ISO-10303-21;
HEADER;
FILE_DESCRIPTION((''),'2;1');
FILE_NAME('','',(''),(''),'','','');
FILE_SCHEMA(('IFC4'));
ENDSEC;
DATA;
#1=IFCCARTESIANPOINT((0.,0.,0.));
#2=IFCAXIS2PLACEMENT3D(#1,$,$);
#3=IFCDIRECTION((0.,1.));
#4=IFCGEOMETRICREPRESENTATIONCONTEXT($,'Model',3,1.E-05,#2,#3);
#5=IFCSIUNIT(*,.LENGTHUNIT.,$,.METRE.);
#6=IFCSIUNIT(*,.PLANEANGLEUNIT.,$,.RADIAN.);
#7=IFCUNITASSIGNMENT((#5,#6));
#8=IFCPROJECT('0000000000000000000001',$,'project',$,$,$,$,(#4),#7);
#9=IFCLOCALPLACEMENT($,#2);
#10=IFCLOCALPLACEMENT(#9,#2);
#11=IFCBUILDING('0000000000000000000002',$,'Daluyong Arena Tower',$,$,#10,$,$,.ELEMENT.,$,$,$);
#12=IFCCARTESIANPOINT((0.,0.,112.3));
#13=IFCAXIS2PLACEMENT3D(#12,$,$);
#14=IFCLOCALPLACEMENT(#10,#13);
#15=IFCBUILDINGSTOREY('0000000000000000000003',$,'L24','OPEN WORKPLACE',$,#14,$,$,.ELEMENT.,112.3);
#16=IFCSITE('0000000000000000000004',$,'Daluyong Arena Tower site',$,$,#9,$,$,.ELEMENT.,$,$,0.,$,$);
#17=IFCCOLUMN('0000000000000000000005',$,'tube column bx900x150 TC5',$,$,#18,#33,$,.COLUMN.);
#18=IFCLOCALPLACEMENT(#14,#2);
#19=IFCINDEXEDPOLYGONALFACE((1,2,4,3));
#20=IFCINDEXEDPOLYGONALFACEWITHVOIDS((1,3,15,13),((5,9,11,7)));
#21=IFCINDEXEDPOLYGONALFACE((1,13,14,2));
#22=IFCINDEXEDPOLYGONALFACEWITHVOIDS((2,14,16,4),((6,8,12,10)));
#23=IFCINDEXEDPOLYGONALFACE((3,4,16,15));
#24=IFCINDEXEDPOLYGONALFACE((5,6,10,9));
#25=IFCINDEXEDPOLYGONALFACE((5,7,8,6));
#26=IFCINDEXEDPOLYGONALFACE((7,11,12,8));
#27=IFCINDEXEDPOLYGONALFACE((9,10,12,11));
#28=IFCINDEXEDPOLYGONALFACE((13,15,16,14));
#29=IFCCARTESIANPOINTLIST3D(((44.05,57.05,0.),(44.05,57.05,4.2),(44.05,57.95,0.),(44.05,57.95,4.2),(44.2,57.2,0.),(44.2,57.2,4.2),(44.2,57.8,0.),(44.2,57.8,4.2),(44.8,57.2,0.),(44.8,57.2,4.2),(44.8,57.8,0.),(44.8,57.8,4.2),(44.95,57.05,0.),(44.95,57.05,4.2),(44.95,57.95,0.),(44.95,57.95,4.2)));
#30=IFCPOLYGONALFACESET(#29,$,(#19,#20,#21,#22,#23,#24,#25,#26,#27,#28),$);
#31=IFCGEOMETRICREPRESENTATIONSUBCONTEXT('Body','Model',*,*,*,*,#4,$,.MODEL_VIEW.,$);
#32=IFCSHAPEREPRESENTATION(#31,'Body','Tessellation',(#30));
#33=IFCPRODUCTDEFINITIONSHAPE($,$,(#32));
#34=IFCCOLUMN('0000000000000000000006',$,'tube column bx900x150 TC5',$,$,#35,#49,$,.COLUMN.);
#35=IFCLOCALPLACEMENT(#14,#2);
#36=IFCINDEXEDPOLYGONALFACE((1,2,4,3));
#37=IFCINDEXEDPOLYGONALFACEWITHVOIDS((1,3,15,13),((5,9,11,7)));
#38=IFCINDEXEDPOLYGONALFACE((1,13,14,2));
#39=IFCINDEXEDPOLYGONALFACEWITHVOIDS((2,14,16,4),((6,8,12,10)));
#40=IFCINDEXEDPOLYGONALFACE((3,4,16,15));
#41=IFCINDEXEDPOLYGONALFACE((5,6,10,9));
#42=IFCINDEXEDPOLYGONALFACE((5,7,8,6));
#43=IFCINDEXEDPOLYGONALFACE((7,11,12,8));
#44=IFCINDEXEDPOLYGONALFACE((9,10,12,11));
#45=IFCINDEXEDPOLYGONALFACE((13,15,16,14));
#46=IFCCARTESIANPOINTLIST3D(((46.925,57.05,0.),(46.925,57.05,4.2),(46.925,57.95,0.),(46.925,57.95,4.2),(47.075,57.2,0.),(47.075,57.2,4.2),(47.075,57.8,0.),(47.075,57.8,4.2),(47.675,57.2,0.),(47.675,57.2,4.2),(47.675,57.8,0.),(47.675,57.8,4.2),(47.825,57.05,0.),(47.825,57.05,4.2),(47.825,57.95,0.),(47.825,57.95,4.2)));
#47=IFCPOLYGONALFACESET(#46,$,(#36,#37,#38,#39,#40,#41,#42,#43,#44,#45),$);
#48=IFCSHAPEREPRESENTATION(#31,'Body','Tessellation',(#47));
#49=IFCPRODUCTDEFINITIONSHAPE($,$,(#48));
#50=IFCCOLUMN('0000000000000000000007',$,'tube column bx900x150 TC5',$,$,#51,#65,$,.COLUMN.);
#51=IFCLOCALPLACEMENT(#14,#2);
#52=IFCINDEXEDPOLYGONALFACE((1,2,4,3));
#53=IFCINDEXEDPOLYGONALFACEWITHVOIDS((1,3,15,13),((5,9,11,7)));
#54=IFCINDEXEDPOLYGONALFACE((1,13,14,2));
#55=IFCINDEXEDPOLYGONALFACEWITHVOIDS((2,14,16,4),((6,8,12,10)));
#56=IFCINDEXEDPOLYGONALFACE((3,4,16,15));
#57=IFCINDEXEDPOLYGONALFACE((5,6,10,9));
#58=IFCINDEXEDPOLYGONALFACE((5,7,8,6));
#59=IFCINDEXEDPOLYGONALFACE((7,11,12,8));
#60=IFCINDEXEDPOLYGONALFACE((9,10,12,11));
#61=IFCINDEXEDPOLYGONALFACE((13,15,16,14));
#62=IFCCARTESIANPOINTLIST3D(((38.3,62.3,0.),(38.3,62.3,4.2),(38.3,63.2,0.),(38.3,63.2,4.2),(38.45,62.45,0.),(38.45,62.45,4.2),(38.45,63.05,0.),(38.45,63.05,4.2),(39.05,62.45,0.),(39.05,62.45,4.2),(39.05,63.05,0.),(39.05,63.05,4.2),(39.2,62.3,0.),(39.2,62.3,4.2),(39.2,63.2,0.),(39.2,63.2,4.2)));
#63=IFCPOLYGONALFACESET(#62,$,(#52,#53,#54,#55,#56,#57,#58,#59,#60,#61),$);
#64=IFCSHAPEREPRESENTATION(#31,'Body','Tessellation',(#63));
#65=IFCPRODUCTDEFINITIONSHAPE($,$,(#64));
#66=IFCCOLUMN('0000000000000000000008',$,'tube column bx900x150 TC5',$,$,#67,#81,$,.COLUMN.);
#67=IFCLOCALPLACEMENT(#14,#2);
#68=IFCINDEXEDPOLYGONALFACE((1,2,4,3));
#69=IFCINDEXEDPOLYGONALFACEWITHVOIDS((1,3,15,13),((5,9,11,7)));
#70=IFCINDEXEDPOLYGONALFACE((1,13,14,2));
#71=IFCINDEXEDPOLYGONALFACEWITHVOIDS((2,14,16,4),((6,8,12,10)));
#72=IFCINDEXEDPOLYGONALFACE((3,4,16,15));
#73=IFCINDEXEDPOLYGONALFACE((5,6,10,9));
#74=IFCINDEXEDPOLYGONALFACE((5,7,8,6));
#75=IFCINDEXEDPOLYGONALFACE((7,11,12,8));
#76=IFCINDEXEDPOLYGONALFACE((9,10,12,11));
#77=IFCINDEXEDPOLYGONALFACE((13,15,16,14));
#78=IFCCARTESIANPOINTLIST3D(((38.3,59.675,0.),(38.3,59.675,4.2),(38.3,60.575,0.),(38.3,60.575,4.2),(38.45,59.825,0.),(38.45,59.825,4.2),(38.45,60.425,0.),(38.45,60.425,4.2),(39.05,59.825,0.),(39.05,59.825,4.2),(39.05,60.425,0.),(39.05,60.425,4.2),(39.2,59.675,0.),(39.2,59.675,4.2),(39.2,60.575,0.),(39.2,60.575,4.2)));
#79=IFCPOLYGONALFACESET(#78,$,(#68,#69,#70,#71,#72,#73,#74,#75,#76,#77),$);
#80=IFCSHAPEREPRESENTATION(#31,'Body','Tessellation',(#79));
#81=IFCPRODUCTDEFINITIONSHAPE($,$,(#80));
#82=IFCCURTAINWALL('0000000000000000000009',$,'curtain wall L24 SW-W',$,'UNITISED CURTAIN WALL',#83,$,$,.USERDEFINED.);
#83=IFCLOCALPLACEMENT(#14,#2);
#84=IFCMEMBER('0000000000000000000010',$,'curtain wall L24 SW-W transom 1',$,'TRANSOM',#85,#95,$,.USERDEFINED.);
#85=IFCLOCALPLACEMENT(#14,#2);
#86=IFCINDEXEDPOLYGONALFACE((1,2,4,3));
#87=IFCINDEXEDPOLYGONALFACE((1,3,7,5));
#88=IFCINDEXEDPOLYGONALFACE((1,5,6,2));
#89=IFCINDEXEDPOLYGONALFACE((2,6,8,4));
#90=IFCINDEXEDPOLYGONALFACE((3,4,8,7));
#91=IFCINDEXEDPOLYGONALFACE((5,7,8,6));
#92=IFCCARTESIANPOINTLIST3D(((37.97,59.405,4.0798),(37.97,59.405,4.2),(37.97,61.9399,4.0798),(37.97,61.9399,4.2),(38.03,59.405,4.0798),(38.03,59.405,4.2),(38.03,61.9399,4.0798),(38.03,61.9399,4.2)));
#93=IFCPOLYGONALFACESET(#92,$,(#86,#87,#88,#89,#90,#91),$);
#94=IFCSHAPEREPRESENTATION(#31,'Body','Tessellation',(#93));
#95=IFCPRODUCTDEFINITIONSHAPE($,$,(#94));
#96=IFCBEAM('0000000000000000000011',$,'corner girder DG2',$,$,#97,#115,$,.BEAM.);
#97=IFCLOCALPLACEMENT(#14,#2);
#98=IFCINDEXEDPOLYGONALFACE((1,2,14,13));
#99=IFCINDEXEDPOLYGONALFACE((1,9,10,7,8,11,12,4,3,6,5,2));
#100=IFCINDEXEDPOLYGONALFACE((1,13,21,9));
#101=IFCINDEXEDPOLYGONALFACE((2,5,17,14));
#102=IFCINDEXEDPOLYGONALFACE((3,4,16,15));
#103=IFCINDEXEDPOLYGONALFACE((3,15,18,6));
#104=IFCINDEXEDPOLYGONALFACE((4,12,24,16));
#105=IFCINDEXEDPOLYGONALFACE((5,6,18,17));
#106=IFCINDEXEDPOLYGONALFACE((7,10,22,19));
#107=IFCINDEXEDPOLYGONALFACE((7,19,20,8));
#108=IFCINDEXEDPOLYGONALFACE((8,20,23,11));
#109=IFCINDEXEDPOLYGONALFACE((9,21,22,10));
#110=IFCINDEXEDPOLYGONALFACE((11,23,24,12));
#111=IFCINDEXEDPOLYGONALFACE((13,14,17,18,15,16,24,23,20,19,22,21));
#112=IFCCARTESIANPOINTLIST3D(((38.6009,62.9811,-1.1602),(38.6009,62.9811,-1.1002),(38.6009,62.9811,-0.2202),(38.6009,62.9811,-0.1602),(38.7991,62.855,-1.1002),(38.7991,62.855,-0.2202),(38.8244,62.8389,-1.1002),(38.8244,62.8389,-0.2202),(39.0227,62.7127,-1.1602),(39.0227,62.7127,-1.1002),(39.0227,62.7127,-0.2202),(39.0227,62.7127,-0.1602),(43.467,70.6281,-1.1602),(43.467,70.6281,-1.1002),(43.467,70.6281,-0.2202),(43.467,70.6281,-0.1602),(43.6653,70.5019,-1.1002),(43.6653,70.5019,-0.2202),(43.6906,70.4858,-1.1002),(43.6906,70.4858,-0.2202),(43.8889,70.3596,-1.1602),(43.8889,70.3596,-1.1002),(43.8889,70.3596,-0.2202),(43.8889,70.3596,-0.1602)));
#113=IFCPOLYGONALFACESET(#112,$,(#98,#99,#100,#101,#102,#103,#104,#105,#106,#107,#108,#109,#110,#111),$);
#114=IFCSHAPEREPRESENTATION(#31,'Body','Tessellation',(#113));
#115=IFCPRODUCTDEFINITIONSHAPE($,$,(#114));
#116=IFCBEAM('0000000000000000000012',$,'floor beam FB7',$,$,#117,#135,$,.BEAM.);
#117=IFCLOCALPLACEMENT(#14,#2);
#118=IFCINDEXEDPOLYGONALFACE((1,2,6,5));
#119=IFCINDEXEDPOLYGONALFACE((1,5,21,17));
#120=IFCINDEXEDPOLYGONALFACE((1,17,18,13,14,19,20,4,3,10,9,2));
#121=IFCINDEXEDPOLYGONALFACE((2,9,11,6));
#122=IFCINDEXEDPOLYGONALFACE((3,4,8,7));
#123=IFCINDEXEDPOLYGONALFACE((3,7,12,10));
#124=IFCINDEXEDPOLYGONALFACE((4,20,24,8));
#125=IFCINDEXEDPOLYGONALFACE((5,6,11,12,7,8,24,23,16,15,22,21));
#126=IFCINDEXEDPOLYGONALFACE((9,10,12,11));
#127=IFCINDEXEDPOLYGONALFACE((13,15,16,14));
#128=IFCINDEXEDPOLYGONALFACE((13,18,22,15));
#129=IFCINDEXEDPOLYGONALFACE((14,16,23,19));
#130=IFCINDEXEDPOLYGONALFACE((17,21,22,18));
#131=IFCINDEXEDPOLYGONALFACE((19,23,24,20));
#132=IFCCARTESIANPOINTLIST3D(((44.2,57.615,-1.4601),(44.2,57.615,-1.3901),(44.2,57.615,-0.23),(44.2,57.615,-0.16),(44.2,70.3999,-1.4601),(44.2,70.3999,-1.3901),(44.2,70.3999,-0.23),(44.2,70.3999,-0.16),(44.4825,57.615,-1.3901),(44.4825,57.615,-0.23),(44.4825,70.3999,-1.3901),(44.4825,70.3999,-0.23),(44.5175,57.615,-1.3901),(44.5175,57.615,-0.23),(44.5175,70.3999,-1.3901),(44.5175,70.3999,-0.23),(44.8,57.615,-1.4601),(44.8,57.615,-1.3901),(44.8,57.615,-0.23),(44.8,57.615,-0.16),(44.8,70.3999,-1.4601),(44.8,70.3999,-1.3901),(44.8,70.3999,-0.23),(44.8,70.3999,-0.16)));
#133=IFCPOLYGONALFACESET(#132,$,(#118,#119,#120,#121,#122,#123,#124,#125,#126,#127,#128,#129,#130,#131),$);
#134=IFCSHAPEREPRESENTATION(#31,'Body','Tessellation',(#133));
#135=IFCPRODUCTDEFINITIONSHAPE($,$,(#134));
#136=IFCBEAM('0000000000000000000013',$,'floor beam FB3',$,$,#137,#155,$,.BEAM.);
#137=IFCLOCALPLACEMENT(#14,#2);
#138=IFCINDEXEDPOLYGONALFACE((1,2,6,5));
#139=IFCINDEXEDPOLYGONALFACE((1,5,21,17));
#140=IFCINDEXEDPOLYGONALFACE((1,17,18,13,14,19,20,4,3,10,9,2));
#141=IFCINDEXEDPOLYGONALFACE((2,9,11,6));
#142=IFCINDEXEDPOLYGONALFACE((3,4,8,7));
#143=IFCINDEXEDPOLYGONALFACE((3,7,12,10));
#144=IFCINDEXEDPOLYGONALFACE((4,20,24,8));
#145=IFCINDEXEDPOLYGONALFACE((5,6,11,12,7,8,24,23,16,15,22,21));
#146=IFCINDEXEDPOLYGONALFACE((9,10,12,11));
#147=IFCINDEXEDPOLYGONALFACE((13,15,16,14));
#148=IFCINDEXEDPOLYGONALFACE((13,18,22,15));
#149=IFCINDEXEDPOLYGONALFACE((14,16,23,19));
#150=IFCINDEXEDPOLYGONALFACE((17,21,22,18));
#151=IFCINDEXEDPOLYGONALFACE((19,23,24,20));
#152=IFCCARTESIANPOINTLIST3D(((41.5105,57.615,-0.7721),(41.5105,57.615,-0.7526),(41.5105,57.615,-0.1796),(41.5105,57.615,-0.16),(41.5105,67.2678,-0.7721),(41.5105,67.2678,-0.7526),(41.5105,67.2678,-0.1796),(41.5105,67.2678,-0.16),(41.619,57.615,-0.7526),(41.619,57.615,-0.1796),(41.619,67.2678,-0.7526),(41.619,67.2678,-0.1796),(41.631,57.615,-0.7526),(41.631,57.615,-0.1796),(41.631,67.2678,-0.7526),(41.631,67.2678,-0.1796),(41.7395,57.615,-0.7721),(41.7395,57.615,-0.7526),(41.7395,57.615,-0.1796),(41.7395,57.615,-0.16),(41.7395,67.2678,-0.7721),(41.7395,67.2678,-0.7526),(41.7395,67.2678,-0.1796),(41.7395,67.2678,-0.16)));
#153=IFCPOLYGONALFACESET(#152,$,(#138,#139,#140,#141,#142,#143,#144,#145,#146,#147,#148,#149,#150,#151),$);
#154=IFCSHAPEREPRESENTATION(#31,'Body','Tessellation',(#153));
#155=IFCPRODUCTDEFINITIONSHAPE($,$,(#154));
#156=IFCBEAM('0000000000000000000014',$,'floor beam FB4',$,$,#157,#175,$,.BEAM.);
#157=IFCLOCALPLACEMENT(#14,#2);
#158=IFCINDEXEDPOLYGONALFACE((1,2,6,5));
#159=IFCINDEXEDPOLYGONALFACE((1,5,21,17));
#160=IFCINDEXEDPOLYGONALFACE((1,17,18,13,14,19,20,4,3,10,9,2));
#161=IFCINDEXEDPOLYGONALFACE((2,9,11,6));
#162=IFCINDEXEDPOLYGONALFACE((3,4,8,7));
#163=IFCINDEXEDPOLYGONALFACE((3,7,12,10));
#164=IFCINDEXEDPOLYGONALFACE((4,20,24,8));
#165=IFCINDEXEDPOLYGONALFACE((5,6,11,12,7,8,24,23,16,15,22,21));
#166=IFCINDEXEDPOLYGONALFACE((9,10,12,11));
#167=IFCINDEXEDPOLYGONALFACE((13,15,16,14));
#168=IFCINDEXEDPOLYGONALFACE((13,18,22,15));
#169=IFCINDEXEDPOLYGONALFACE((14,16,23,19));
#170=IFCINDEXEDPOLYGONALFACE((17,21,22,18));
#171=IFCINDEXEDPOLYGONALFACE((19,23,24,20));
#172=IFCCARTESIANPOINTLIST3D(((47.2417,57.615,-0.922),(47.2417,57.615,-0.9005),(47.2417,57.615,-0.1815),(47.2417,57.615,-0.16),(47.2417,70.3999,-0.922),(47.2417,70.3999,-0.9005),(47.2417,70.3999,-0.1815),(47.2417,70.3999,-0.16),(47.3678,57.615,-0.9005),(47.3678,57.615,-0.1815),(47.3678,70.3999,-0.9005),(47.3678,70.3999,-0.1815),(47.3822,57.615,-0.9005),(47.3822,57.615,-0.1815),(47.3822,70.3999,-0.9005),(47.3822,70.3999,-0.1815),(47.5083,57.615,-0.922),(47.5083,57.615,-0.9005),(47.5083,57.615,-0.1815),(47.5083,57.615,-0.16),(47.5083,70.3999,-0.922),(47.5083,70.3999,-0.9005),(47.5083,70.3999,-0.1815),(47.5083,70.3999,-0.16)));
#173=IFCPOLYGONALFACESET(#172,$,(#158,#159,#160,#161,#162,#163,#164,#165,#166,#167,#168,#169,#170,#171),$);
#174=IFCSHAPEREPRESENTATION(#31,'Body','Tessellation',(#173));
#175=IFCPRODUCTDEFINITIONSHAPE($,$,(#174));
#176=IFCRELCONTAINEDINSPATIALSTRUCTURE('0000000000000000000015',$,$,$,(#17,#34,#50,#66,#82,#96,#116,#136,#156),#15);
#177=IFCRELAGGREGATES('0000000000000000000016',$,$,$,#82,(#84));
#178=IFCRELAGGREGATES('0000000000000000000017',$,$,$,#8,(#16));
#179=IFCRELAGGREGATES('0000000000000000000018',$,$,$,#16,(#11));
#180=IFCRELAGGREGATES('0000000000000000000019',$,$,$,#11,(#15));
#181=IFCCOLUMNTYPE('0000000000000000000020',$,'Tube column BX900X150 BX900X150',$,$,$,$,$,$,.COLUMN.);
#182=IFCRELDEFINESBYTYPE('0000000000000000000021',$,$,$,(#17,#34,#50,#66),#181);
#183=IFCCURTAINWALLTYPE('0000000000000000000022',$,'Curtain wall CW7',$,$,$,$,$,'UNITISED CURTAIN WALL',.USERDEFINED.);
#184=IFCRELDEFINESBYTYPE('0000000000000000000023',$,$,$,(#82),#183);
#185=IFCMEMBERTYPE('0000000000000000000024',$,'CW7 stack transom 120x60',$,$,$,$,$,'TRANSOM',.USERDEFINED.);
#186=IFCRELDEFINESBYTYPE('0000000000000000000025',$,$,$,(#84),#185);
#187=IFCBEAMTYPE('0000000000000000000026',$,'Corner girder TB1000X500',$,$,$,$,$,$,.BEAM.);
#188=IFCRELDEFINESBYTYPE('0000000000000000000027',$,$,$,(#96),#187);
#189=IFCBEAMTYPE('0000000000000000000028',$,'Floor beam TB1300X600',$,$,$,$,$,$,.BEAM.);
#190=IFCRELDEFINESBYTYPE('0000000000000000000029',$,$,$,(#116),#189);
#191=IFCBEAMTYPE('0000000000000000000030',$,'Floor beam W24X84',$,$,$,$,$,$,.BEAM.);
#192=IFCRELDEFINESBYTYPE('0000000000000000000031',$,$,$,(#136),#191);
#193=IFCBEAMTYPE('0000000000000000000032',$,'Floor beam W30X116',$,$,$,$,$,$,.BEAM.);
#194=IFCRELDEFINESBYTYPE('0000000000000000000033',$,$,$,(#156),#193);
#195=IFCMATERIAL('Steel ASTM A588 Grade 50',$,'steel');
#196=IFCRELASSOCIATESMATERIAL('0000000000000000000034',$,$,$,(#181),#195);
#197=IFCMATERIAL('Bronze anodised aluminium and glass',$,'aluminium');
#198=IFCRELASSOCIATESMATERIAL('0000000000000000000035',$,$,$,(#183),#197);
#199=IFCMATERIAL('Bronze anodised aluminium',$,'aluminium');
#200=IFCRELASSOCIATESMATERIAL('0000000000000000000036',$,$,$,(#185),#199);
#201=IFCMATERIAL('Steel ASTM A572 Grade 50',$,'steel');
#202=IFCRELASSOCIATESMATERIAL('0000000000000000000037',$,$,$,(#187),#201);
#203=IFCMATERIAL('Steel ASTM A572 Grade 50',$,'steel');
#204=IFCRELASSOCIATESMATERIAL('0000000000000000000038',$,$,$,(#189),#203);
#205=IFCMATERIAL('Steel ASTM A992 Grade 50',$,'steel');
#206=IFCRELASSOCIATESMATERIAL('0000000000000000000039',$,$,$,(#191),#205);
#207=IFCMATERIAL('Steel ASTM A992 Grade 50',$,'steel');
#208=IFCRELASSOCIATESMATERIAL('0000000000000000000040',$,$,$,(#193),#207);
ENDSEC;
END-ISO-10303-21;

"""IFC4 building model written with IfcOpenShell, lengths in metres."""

from ifc_helpers import new_model, si_unit, direction, frame, origin, origin_2d, place, context, subcontext, project, spatial, rectangle, hollow_rectangle, i_section, extrude, material, material_profile, profile_set, type_object, element, aggregate, save


model = new_model("IFC4")

# Units and contexts
model_context = context("Model", 3, precision=1e-05, world=origin(), true_north=direction((0.0, 1.0)))
body_context = subcontext(model_context, "Body", "Model", "MODEL_VIEW")
ifc_project = project(units=[si_unit("LENGTHUNIT", "METRE"), si_unit("PLANEANGLEUNIT", "RADIAN")], contexts=[model_context])

# Site, building, storey
site_placement = place(None, origin())
site = spatial("IfcSite", under=ifc_project, at=site_placement, Name="Daluyong Arena Tower site", CompositionType="ELEMENT", RefElevation=0.0)
building_placement = place(site_placement, origin())
building = spatial("IfcBuilding", under=site, at=building_placement, Name="Daluyong Arena Tower", CompositionType="ELEMENT")
storey_placement = place(building_placement, frame((0.0, 0.0, 112.3)))
storey = spatial("IfcBuildingStorey", under=building, at=storey_placement, Name="L24", Description="OPEN WORKPLACE", CompositionType="ELEMENT", Elevation=112.3)

# Columns
ifc_material_1 = material(Name="Steel ASTM A588 Grade 50", Category="steel")
ifc_material_profile_1 = material_profile(ifc_material_1, hollow_rectangle(XDim=0.8999, YDim=0.8999, WallThickness=0.15, at=origin_2d()))
ifc_profile_set_1 = profile_set([ifc_material_profile_1], Name="Steel ASTM A588 Grade 50")
column_type = type_object("IfcColumnType", Name="Tube column BX900X150 BX900X150", PredefinedType="COLUMN", material=ifc_profile_set_1)
for number, where, z_axis, x_axis, name in (
    (1, (44.5, 57.5, 0.0), (0.0, 0.0, 1.0), (1.0, 0.0, 0.0), "tube column bx900x150 TC5"),
    (2, (47.375, 57.5, 0.0), (0.0, 0.0, 1.0), (1.0, 0.0, 0.0), "tube column bx900x150 TC5"),
    (3, (38.75, 62.75, 0.0), (0.0, 0.0, 1.0), (0.0, 1.0, 0.0), "tube column bx900x150 TC5"),
    (4, (38.75, 60.125, 0.0), (0.0, 0.0, 1.0), (0.0, 1.0, 0.0), "tube column bx900x150 TC5"),
):
    element("IfcColumn", number, at=place(storey_placement, frame(where, z_axis=z_axis, x_axis=x_axis)), inside=storey, type_object=column_type, Name=name, PredefinedType="COLUMN", context=body_context, shape_type="SweptSolid", body=[
        extrude(hollow_rectangle(XDim=0.8999, YDim=0.8999, WallThickness=0.15, at=origin_2d()), origin(), (0.0, 0.0, 1.0), 4.2),
    ])

# Curtain wall, member
ifc_material_2 = material(Name="Bronze anodised aluminium and glass", Category="aluminium")
curtain_wall_type = type_object("IfcCurtainWallType", Name="Curtain wall CW7", ElementType="UNITISED CURTAIN WALL", PredefinedType="USERDEFINED", material=ifc_material_2)
curtain_wall_placement = place(storey_placement, origin())
curtain_wall = element("IfcCurtainWall", 5, at=curtain_wall_placement, inside=storey, type_object=curtain_wall_type, Name="curtain wall L24 SW-W", ObjectType="UNITISED CURTAIN WALL", PredefinedType="USERDEFINED")
ifc_material_3 = material(Name="Bronze anodised aluminium", Category="aluminium")
ifc_material_profile_2 = material_profile(ifc_material_3, rectangle(XDim=0.0601, YDim=0.1201, at=origin_2d()))
ifc_profile_set_2 = profile_set([ifc_material_profile_2], Name="Bronze anodised aluminium")
member_type = type_object("IfcMemberType", Name="CW7 stack transom 120x60", ElementType="TRANSOM", PredefinedType="USERDEFINED", material=ifc_profile_set_2)
member_placement = place(storey_placement, frame((38.0, 61.9399, 4.1399), z_axis=(0.0, -1.0, 0.0), x_axis=(1.0, 0.0, 0.0)))
member = element("IfcMember", 6, at=member_placement, type_object=member_type, Name="curtain wall L24 SW-W transom 1", ObjectType="TRANSOM", PredefinedType="USERDEFINED", context=body_context, shape_type="SweptSolid", body=[
    extrude(rectangle(XDim=0.0601, YDim=0.1201, at=origin_2d()), origin(), (0.0, 0.0, 1.0), 2.5349),
])

# Beams
ifc_material_4 = material(Name="Steel ASTM A572 Grade 50", Category="steel")
ifc_material_profile_3 = material_profile(ifc_material_4, i_section(OverallWidth=0.5, OverallDepth=1.0, WebThickness=0.03, FlangeThickness=0.06, at=origin_2d()))
ifc_profile_set_3 = profile_set([ifc_material_profile_3], Name="Steel ASTM A572 Grade 50")
beam_type_1 = type_object("IfcBeamType", Name="Corner girder TB1000X500", PredefinedType="BEAM", material=ifc_profile_set_3)
beam_1_placement = place(storey_placement, frame((38.8118, 62.8469, -0.6602), z_axis=(0.536872, 0.843664, 0.0), x_axis=(-0.843664, 0.536872, 0.0)))
element("IfcBeam", 7, at=beam_1_placement, inside=storey, type_object=beam_type_1, Name="corner girder DG2", PredefinedType="BEAM", context=body_context, shape_type="SweptSolid", body=[
    extrude(i_section(OverallWidth=0.5, OverallDepth=1.0, WebThickness=0.03, FlangeThickness=0.06, at=origin_2d()), origin(), (0.0, 0.0, 1.0), 9.064),
])
ifc_material_5 = material(Name="Steel ASTM A572 Grade 50", Category="steel")
ifc_material_profile_4 = material_profile(ifc_material_5, i_section(OverallWidth=0.6001, OverallDepth=1.3, WebThickness=0.035, FlangeThickness=0.07, at=origin_2d()))
ifc_profile_set_4 = profile_set([ifc_material_profile_4], Name="Steel ASTM A572 Grade 50")
beam_type_2 = type_object("IfcBeamType", Name="Floor beam TB1300X600", PredefinedType="BEAM", material=ifc_profile_set_4)
beam_2_placement = place(storey_placement, frame((44.5, 57.615, -0.8101), z_axis=(0.0, 1.0, 0.0), x_axis=(-1.0, 0.0, 0.0)))
element("IfcBeam", 8, at=beam_2_placement, inside=storey, type_object=beam_type_2, Name="floor beam FB7", PredefinedType="BEAM", context=body_context, shape_type="SweptSolid", body=[
    extrude(i_section(OverallWidth=0.6001, OverallDepth=1.3, WebThickness=0.035, FlangeThickness=0.07, at=origin_2d()), origin(), (0.0, 0.0, 1.0), 12.7849),
])
ifc_material_6 = material(Name="Steel ASTM A992 Grade 50", Category="steel")
ifc_material_profile_5 = material_profile(ifc_material_6, i_section(OverallWidth=0.229, OverallDepth=0.6121, WebThickness=0.012, FlangeThickness=0.0195, at=origin_2d()))
ifc_profile_set_5 = profile_set([ifc_material_profile_5], Name="Steel ASTM A992 Grade 50")
beam_type_3 = type_object("IfcBeamType", Name="Floor beam W24X84", PredefinedType="BEAM", material=ifc_profile_set_5)
beam_3_placement = place(storey_placement, frame((41.625, 57.615, -0.4661), z_axis=(0.0, 1.0, 0.0), x_axis=(-1.0, 0.0, 0.0)))
element("IfcBeam", 9, at=beam_3_placement, inside=storey, type_object=beam_type_3, Name="floor beam FB3", PredefinedType="BEAM", context=body_context, shape_type="SweptSolid", body=[
    extrude(i_section(OverallWidth=0.229, OverallDepth=0.6121, WebThickness=0.012, FlangeThickness=0.0195, at=origin_2d()), origin(), (0.0, 0.0, 1.0), 9.6528),
])
ifc_material_7 = material(Name="Steel ASTM A992 Grade 50", Category="steel")
ifc_material_profile_6 = material_profile(ifc_material_7, i_section(OverallWidth=0.2666, OverallDepth=0.762, WebThickness=0.0144, FlangeThickness=0.0215, at=origin_2d()))
ifc_profile_set_6 = profile_set([ifc_material_profile_6], Name="Steel ASTM A992 Grade 50")
beam_type_4 = type_object("IfcBeamType", Name="Floor beam W30X116", PredefinedType="BEAM", material=ifc_profile_set_6)
beam_4_placement = place(storey_placement, frame((47.375, 57.615, -0.541), z_axis=(0.0, 1.0, 0.0), x_axis=(-1.0, 0.0, 0.0)))
element("IfcBeam", 10, at=beam_4_placement, inside=storey, type_object=beam_type_4, Name="floor beam FB4", PredefinedType="BEAM", context=body_context, shape_type="SweptSolid", body=[
    extrude(i_section(OverallWidth=0.2666, OverallDepth=0.762, WebThickness=0.0144, FlangeThickness=0.0215, at=origin_2d()), origin(), (0.0, 0.0, 1.0), 12.7849),
])

aggregate(curtain_wall, [member])

save(model, "model.ifc")
